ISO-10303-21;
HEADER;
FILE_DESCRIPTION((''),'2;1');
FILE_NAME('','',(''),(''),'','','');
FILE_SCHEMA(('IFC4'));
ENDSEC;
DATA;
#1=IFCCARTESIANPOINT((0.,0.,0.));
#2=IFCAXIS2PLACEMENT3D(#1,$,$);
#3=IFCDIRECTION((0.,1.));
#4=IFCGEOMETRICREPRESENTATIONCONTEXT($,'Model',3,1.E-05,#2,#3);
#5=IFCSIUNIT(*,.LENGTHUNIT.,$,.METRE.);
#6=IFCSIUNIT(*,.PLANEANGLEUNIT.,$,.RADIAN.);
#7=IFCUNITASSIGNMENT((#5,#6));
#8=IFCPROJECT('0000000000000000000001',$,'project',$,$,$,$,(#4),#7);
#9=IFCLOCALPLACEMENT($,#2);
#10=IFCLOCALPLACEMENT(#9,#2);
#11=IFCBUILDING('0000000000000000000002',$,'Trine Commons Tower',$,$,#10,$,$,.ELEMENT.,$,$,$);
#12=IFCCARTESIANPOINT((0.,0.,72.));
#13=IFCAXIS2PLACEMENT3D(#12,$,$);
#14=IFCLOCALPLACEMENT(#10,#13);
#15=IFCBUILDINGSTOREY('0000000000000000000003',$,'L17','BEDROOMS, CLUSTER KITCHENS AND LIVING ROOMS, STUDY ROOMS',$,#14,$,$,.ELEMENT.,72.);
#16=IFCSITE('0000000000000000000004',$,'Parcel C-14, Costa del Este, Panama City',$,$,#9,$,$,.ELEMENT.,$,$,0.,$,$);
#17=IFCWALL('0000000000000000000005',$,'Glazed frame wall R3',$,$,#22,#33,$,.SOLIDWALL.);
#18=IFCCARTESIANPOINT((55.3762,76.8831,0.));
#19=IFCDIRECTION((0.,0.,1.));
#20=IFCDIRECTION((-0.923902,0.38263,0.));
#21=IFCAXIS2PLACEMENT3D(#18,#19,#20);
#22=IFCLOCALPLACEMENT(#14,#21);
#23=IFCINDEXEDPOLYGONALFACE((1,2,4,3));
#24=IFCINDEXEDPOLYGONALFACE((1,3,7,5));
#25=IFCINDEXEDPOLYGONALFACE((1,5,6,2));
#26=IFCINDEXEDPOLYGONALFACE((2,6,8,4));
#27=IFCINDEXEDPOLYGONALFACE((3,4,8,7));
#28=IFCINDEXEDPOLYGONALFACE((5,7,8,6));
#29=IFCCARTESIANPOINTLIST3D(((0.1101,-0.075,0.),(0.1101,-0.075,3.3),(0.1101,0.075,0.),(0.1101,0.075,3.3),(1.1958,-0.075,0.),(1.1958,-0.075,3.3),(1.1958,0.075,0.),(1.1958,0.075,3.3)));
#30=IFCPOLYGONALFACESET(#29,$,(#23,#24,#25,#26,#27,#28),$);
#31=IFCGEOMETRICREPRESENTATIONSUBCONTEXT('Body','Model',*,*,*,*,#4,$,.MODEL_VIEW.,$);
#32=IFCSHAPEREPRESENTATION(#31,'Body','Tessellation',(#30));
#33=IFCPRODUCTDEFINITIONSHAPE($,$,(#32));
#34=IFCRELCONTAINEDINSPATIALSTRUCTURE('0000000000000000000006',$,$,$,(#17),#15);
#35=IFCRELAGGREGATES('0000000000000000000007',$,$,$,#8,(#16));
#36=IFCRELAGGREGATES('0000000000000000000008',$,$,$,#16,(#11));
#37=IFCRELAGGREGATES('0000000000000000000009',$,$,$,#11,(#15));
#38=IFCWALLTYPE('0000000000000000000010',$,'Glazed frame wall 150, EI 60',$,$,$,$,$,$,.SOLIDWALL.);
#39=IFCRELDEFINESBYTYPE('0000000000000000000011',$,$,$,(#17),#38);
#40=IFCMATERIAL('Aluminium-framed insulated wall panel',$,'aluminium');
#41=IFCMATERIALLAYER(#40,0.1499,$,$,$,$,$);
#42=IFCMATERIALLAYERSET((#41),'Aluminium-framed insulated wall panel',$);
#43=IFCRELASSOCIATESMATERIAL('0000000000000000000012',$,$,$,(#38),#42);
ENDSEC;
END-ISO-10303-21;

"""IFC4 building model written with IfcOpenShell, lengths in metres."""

from ifc_helpers import new_model, si_unit, direction, frame, origin, place, context, subcontext, project, spatial, polyline, outline, extrude, material, layer, layer_set, type_object, element, save


model = new_model("IFC4")

# Units and contexts
model_context = context("Model", 3, precision=1e-05, world=origin(), true_north=direction((0.0, 1.0)))
body_context = subcontext(model_context, "Body", "Model", "MODEL_VIEW")
ifc_project = project(units=[si_unit("LENGTHUNIT", "METRE"), si_unit("PLANEANGLEUNIT", "RADIAN")], contexts=[model_context])

# Site, building, storey
site_placement = place(None, origin())
site = spatial("IfcSite", under=ifc_project, at=site_placement, Name="Parcel C-14, Costa del Este, Panama City", CompositionType="ELEMENT", RefElevation=0.0)
building_placement = place(site_placement, origin())
building = spatial("IfcBuilding", under=site, at=building_placement, Name="Trine Commons Tower", CompositionType="ELEMENT")
storey_placement = place(building_placement, frame((0.0, 0.0, 72.0)))
storey = spatial("IfcBuildingStorey", under=building, at=storey_placement, Name="L17", Description="BEDROOMS, CLUSTER KITCHENS AND LIVING ROOMS, STUDY ROOMS", CompositionType="ELEMENT", Elevation=72.0)

# Shared definitions
ifc_material_1 = material(Name="Aluminium-framed insulated wall panel", Category="aluminium")
ifc_layer_1 = layer(ifc_material_1, 0.1499)
ifc_layer_set_1 = layer_set([ifc_layer_1], Name="Aluminium-framed insulated wall panel")
wall_type_1 = type_object("IfcWallType", Name="Glazed frame wall 150, EI 60", PredefinedType="SOLIDWALL", material=ifc_layer_set_1)

# Wall
wall_1_placement = place(storey_placement, frame((55.3762, 76.8831, 0.0), z_axis=(0.0, 0.0, 1.0), x_axis=(-0.923902, 0.38263, 0.0)))
element("IfcWall", 1, at=wall_1_placement, inside=storey, type_object=wall_type_1, Name="Glazed frame wall R3", PredefinedType="SOLIDWALL", context=body_context, shape_type="SweptSolid", body=[
    extrude(outline(polyline([(0.1101, 0.075), (0.1101, -0.075), (1.1958, -0.075), (1.1958, 0.075), (0.1101, 0.075)])), origin(), (0.0, 0.0, 1.0), 3.3),
])

save(model, "model.ifc")
